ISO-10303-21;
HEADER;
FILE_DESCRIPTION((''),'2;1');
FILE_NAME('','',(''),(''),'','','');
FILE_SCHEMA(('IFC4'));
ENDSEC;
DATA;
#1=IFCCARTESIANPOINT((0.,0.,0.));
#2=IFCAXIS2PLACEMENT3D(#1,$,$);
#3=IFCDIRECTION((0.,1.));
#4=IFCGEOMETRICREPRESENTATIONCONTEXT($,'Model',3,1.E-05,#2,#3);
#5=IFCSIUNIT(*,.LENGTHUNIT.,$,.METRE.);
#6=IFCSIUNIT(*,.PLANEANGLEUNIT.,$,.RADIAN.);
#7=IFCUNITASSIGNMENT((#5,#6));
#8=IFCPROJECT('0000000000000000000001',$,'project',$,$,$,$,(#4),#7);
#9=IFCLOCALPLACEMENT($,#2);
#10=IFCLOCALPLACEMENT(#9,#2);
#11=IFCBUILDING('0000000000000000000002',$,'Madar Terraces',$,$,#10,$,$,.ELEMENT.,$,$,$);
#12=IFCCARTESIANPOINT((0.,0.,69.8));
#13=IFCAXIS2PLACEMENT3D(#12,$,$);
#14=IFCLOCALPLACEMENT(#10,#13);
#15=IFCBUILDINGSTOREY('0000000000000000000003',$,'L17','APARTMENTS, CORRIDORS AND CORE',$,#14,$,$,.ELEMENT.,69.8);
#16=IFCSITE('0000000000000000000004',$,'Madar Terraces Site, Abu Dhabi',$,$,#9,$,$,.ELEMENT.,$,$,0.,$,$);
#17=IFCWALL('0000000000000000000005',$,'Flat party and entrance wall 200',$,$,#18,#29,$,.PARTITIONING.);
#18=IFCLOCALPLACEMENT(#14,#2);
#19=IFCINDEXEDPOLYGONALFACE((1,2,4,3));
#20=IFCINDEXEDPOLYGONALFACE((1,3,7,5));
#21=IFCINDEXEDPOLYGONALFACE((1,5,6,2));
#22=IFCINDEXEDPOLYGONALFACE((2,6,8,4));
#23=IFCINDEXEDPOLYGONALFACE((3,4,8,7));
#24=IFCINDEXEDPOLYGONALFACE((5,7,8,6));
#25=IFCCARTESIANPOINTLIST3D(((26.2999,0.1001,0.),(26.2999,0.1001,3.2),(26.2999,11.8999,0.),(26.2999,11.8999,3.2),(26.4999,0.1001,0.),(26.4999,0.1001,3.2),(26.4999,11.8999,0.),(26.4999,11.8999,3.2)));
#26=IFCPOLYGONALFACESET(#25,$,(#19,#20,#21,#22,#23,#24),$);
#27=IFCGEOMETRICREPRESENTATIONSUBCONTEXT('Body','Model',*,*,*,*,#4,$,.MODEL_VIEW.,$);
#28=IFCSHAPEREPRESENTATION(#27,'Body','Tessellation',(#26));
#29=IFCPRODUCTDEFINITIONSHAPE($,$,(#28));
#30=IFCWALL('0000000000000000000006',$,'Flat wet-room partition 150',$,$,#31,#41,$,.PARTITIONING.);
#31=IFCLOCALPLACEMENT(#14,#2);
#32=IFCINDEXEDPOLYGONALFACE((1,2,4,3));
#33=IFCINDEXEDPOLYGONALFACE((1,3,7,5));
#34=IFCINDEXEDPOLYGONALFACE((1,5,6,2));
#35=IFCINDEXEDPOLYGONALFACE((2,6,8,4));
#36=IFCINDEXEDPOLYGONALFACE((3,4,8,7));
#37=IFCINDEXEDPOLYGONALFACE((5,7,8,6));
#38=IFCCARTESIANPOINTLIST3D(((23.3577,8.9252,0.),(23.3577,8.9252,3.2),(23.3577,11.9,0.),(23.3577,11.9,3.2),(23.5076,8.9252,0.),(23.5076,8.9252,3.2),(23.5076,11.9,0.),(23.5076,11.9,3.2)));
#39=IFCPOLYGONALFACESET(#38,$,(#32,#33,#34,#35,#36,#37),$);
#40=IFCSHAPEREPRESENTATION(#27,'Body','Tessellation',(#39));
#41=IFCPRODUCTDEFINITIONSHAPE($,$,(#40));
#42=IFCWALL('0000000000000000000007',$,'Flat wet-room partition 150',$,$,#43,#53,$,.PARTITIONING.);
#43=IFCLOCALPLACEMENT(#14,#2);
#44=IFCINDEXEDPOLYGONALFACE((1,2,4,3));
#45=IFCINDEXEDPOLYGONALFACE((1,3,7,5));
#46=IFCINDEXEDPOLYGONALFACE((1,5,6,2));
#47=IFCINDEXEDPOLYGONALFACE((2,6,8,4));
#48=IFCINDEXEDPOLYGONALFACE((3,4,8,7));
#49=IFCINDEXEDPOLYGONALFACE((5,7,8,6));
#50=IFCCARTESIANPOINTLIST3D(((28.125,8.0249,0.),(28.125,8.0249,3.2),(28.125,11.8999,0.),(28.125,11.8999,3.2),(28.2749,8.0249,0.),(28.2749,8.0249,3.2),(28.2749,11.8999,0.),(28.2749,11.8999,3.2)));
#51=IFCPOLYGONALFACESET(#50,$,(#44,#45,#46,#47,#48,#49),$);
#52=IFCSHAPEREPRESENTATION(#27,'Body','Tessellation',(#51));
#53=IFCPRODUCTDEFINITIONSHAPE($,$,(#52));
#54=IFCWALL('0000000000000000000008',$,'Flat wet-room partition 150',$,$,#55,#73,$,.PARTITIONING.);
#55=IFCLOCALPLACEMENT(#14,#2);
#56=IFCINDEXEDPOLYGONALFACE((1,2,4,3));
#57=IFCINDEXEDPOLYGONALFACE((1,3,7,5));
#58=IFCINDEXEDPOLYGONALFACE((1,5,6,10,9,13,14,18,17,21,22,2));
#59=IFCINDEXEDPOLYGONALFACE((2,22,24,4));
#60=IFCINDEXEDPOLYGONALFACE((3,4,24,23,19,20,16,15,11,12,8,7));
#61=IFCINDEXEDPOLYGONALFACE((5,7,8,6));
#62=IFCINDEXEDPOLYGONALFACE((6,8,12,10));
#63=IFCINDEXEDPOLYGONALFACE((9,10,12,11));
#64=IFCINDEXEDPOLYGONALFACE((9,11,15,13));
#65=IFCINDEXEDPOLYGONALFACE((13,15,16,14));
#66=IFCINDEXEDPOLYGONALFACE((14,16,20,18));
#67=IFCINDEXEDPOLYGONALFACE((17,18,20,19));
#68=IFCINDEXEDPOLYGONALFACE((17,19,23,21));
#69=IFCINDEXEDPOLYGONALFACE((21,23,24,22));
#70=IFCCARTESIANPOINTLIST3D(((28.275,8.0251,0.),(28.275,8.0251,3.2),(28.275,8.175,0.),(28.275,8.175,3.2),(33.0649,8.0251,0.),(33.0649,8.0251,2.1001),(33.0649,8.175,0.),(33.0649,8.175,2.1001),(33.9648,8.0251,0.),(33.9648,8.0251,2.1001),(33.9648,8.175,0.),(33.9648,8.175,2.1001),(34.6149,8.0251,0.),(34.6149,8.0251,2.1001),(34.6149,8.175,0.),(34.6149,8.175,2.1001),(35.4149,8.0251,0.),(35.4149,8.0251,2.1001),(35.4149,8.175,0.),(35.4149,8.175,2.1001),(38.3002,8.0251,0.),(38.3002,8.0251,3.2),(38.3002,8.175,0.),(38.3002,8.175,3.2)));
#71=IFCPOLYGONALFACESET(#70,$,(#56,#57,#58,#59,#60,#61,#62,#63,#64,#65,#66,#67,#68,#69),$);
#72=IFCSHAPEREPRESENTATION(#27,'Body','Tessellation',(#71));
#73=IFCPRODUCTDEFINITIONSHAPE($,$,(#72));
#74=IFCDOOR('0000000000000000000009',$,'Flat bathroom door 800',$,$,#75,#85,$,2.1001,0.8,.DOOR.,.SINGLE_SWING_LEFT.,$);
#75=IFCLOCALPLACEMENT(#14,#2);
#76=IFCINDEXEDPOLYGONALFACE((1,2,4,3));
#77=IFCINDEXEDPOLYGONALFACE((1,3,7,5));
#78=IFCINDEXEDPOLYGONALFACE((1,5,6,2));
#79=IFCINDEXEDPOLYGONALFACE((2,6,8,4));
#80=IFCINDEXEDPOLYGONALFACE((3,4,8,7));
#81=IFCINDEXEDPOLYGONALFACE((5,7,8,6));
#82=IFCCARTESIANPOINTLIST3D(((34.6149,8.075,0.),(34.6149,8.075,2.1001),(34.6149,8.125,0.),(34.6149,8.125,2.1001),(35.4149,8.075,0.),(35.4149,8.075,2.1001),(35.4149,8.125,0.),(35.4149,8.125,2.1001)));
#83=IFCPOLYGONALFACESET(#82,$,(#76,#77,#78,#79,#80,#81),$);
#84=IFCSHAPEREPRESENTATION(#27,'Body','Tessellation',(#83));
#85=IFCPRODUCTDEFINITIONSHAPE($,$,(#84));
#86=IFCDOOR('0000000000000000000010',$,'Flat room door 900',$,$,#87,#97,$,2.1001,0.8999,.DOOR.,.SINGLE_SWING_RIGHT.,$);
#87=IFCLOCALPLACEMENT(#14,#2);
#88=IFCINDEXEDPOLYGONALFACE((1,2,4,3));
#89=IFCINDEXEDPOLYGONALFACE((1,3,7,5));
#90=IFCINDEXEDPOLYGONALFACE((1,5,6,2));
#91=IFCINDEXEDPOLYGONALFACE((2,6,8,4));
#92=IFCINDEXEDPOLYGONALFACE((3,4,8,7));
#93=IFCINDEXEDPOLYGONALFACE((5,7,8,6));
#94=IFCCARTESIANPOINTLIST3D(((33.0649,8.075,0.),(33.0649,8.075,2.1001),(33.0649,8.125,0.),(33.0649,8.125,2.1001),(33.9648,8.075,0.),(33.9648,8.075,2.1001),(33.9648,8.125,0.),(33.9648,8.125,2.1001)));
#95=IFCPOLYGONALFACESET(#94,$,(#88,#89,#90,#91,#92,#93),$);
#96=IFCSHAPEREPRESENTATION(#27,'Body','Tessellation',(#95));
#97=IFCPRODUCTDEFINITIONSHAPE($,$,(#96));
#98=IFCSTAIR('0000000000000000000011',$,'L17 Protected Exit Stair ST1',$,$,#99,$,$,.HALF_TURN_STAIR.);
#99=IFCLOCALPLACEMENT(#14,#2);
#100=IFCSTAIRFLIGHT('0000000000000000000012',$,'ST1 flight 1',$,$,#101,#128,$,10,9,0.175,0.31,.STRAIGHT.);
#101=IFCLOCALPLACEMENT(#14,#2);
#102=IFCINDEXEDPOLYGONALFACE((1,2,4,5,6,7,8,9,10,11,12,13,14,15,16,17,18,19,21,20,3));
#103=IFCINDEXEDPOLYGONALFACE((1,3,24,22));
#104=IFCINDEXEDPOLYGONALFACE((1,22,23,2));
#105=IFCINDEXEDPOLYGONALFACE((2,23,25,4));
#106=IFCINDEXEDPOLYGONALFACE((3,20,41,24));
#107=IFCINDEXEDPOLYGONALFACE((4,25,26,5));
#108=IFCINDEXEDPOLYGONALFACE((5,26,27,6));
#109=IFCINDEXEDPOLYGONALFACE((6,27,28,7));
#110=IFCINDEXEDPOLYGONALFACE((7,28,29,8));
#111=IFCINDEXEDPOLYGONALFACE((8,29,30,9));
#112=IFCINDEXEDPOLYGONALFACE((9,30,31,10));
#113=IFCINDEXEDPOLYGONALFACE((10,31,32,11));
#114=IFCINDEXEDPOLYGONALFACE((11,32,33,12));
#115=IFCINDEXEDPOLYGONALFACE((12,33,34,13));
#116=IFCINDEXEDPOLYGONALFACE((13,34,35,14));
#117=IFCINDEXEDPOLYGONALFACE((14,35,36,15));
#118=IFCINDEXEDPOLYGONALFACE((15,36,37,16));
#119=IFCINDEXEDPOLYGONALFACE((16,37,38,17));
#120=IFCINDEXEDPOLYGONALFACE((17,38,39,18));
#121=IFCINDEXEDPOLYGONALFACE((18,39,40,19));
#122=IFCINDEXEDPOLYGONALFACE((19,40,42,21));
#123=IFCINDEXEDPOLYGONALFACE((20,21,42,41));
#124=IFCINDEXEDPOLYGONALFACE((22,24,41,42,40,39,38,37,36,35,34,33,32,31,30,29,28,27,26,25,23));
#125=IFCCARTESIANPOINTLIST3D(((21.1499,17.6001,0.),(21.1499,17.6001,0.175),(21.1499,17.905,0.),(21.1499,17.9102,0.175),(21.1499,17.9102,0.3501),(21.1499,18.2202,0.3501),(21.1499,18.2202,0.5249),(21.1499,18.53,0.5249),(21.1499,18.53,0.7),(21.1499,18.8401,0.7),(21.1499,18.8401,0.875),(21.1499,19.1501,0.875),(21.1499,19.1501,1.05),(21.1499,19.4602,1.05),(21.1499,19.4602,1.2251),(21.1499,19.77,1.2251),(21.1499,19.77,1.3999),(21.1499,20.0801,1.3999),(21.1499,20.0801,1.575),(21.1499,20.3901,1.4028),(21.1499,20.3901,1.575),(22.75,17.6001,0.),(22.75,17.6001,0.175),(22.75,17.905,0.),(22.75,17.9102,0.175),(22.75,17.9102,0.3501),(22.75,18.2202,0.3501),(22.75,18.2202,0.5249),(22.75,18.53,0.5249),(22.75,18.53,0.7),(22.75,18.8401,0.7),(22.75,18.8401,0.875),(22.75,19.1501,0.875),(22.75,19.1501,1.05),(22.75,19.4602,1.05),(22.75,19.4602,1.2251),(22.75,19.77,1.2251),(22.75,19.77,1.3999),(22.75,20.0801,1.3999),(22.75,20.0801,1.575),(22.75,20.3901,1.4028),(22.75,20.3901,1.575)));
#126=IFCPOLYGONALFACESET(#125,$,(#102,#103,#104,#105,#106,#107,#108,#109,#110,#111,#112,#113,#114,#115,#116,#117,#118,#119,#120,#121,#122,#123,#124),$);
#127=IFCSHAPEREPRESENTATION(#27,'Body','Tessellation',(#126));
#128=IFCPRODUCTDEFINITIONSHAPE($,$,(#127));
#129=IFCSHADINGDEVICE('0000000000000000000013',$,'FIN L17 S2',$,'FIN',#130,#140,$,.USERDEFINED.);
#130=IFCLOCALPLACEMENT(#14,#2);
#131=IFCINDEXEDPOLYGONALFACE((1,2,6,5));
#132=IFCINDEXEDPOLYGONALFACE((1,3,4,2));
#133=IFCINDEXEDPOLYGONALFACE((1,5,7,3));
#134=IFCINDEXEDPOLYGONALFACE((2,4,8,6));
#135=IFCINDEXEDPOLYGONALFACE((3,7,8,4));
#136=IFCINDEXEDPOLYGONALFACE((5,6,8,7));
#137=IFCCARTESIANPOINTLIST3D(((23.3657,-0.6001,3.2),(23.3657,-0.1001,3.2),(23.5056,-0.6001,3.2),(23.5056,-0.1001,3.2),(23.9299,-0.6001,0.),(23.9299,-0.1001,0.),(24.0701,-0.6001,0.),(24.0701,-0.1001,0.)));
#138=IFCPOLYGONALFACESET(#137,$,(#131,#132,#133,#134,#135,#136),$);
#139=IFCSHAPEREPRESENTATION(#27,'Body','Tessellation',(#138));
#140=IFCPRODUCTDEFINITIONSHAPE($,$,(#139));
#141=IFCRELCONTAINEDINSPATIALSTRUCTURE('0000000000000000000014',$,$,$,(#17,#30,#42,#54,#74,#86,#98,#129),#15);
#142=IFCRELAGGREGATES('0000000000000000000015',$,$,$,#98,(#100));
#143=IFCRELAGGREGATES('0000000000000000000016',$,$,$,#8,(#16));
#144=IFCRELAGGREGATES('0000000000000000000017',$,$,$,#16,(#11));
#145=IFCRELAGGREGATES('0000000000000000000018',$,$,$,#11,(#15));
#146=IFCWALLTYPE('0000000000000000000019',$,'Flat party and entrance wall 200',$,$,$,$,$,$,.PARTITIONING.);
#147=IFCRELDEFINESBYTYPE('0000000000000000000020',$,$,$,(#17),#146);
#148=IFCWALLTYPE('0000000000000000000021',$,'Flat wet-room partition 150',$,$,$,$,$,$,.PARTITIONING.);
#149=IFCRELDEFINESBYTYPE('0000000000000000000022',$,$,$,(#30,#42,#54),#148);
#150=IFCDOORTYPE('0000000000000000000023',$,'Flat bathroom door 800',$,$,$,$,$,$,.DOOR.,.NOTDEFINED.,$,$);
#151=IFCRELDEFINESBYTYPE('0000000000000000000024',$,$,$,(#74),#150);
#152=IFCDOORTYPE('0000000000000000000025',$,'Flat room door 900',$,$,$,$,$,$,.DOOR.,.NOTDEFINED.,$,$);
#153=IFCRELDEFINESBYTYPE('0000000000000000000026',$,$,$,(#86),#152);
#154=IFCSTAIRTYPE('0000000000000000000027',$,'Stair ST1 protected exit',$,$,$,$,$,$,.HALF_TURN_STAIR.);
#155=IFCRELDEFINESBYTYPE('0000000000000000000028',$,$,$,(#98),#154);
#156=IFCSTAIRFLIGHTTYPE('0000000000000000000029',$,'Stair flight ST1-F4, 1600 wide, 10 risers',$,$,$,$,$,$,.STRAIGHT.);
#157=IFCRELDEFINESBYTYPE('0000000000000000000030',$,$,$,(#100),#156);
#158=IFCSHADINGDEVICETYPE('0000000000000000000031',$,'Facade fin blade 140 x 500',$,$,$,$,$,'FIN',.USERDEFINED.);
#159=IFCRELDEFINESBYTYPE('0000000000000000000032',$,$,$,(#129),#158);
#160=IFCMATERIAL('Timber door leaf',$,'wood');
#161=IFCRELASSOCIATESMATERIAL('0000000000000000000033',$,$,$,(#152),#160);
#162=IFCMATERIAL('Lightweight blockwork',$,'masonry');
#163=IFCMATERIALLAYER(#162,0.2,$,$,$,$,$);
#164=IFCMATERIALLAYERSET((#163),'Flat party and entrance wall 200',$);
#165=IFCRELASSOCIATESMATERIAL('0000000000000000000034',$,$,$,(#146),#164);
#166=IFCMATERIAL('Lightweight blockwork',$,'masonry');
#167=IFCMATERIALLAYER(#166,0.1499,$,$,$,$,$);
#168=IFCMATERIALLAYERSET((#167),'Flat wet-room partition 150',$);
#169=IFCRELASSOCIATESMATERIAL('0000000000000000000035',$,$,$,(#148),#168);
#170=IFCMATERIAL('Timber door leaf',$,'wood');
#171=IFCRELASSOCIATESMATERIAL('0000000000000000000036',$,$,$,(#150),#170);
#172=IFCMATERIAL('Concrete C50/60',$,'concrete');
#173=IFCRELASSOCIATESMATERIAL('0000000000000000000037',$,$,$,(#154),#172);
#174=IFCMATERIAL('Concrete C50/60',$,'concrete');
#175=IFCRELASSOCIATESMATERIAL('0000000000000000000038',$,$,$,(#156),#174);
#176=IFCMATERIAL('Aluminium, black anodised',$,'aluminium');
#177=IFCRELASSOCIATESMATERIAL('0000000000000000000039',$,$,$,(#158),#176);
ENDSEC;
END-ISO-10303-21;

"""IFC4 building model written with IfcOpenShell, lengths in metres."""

from ifc_helpers import new_model, si_unit, direction, frame, frame_2d, origin, place, context, subcontext, project, spatial, polyline, rectangle, outline, extrude, material, layer, layer_set, type_object, element, fill, aggregate, save


model = new_model("IFC4")

# Units and contexts
model_context = context("Model", 3, precision=1e-05, world=origin(), true_north=direction((0.0, 1.0)))
body_context = subcontext(model_context, "Body", "Model", "MODEL_VIEW")
ifc_project = project(units=[si_unit("LENGTHUNIT", "METRE"), si_unit("PLANEANGLEUNIT", "RADIAN")], contexts=[model_context])

# Site, building, storey
site_placement = place(None, origin())
site = spatial("IfcSite", under=ifc_project, at=site_placement, Name="Madar Terraces Site, Abu Dhabi", CompositionType="ELEMENT", RefElevation=0.0)
building_placement = place(site_placement, origin())
building = spatial("IfcBuilding", under=site, at=building_placement, Name="Madar Terraces", CompositionType="ELEMENT")
storey_placement = place(building_placement, frame((0.0, 0.0, 69.8)))
storey = spatial("IfcBuildingStorey", under=building, at=storey_placement, Name="L17", Description="APARTMENTS, CORRIDORS AND CORE", CompositionType="ELEMENT", Elevation=69.8)

# Shared definitions
ifc_material_1 = material(Name="Timber door leaf", Category="wood")
door_type_1 = type_object("IfcDoorType", Name="Flat room door 900", OperationType="NOTDEFINED", PredefinedType="DOOR", material=ifc_material_1)

# Walls
ifc_material_2 = material(Name="Lightweight blockwork", Category="masonry")
ifc_layer_1 = layer(ifc_material_2, 0.2)
ifc_layer_set_1 = layer_set([ifc_layer_1], Name="Flat party and entrance wall 200")
wall_type_1 = type_object("IfcWallType", Name="Flat party and entrance wall 200", PredefinedType="PARTITIONING", material=ifc_layer_set_1)
wall_1_placement = place(storey_placement, frame((26.3999, 11.8999, 0.0), z_axis=(0.0, 0.0, 1.0), x_axis=(0.0, -1.0, 0.0)))
element("IfcWall", 1, at=wall_1_placement, inside=storey, type_object=wall_type_1, Name="Flat party and entrance wall 200", PredefinedType="PARTITIONING", context=body_context, shape_type="SweptSolid", body=[
    extrude(rectangle(XDim=11.7998, YDim=0.2, at=frame_2d((5.8999, 0.0))), origin(), (0.0, 0.0, 1.0), 3.2),
])
ifc_material_3 = material(Name="Lightweight blockwork", Category="masonry")
ifc_layer_2 = layer(ifc_material_3, 0.1499)
ifc_layer_set_2 = layer_set([ifc_layer_2], Name="Flat wet-room partition 150")
wall_type_2 = type_object("IfcWallType", Name="Flat wet-room partition 150", PredefinedType="PARTITIONING", material=ifc_layer_set_2)
wall_2_placement = place(storey_placement, frame((23.4326, 11.8999, 0.0), z_axis=(0.0, 0.0, 1.0), x_axis=(0.0, -1.0, 0.0)))
element("IfcWall", 2, at=wall_2_placement, inside=storey, type_object=wall_type_2, Name="Flat wet-room partition 150", PredefinedType="PARTITIONING", context=body_context, shape_type="SweptSolid", body=[
    extrude(rectangle(XDim=2.9749, YDim=0.1499, at=frame_2d((1.4873, 0.0))), origin(), (0.0, 0.0, 1.0), 3.2),
])
wall_3_placement = place(storey_placement, frame((28.2, 11.8999, 0.0), z_axis=(0.0, 0.0, 1.0), x_axis=(0.0, -1.0, 0.0)))
element("IfcWall", 3, at=wall_3_placement, inside=storey, type_object=wall_type_2, Name="Flat wet-room partition 150", PredefinedType="PARTITIONING", context=body_context, shape_type="SweptSolid", body=[
    extrude(rectangle(XDim=3.875, YDim=0.1499, at=frame_2d((1.9375, 0.0))), origin(), (0.0, 0.0, 1.0), 3.2),
])

# Wall, openings, doors
wall_4_placement = place(storey_placement, frame((28.2749, 8.1001, 0.0), z_axis=(0.0, 0.0, 1.0), x_axis=(1.0, 0.0, 0.0)))
wall_4 = element("IfcWall", 4, at=wall_4_placement, inside=storey, type_object=wall_type_2, Name="Flat wet-room partition 150", PredefinedType="PARTITIONING", context=body_context, shape_type="SweptSolid", body=[
    extrude(rectangle(XDim=10.0251, YDim=0.1499, at=frame_2d((5.0127, 0.0))), origin(), (0.0, 0.0, 1.0), 3.2),
])
opening_1_placement = place(wall_4_placement, frame((4.79, 0.0, 0.0)))
opening_1 = element("IfcOpeningElement", 5, at=opening_1_placement, cuts=wall_4, PredefinedType="OPENING", context=body_context, shape_type="SweptSolid", body=[
    extrude(rectangle(XDim=0.8999, YDim=2.1001, at=frame_2d((0.45, 1.05))), frame((0.0, 0.085, 0.0), z_axis=(0.0, -1.0, 0.0), x_axis=(1.0, 0.0, 0.0)), (0.0, 0.0, 1.0), 0.1699),
])
opening_2_placement = place(wall_4_placement, frame((6.3401, 0.0, 0.0)))
opening_2 = element("IfcOpeningElement", 6, at=opening_2_placement, cuts=wall_4, PredefinedType="OPENING", context=body_context, shape_type="SweptSolid", body=[
    extrude(rectangle(XDim=0.8, YDim=2.1001, at=frame_2d((0.3999, 1.05))), frame((0.0, 0.085, 0.0), z_axis=(0.0, -1.0, 0.0), x_axis=(1.0, 0.0, 0.0)), (0.0, 0.0, 1.0), 0.1699),
])
ifc_material_4 = material(Name="Timber door leaf", Category="wood")
door_type_2 = type_object("IfcDoorType", Name="Flat bathroom door 800", OperationType="NOTDEFINED", PredefinedType="DOOR", material=ifc_material_4)
door_1_placement = place(opening_2_placement, origin())
door_1 = element("IfcDoor", 7, at=door_1_placement, inside=storey, type_object=door_type_2, Name="Flat bathroom door 800", OperationType="SINGLE_SWING_LEFT", OverallHeight=2.1001, OverallWidth=0.8, PredefinedType="DOOR", context=body_context, shape_type="SweptSolid", body=[
    extrude(rectangle(XDim=0.8, YDim=2.1001, at=frame_2d((0.3999, 1.05))), frame((0.0, 0.0249, 0.0), z_axis=(0.0, -1.0, 0.0), x_axis=(1.0, 0.0, 0.0)), (0.0, 0.0, 1.0), 0.05),
])
fill(opening_2, door_1)
door_2_placement = place(opening_1_placement, origin())
door_2 = element("IfcDoor", 8, at=door_2_placement, inside=storey, type_object=door_type_1, Name="Flat room door 900", OperationType="SINGLE_SWING_RIGHT", OverallHeight=2.1001, OverallWidth=0.8999, PredefinedType="DOOR", context=body_context, shape_type="SweptSolid", body=[
    extrude(rectangle(XDim=0.8999, YDim=2.1001, at=frame_2d((0.45, 1.05))), frame((0.0, 0.0249, 0.0), z_axis=(0.0, -1.0, 0.0), x_axis=(1.0, 0.0, 0.0)), (0.0, 0.0, 1.0), 0.05),
])
fill(opening_1, door_2)

# Stair, stair flight
ifc_material_5 = material(Name="Concrete C50/60", Category="concrete")
stair_type = type_object("IfcStairType", Name="Stair ST1 protected exit", PredefinedType="HALF_TURN_STAIR", material=ifc_material_5)
stair_placement = place(storey_placement, origin())
stair = element("IfcStair", 9, at=stair_placement, inside=storey, type_object=stair_type, Name="L17 Protected Exit Stair ST1", PredefinedType="HALF_TURN_STAIR")
ifc_material_6 = material(Name="Concrete C50/60", Category="concrete")
stair_flight_type = type_object("IfcStairFlightType", Name="Stair flight ST1-F4, 1600 wide, 10 risers", PredefinedType="STRAIGHT", material=ifc_material_6)
stair_flight_placement = place(storey_placement, frame((21.95, 17.6001, 0.0), z_axis=(0.0, 0.0, 1.0), x_axis=(0.0, 1.0, 0.0)))
stair_flight = element("IfcStairFlight", 10, at=stair_flight_placement, type_object=stair_flight_type, Name="ST1 flight 1", NumberOfRisers=10, NumberOfTreads=9, PredefinedType="STRAIGHT", RiserHeight=0.175, TreadLength=0.31, context=body_context, shape_type="SweptSolid", body=[
    extrude(outline(polyline([(0.0, 0.0), (0.0, 0.175), (0.3101, 0.175), (0.3101, 0.3501), (0.6201, 0.3501), (0.6201, 0.5249), (0.9299, 0.5249), (0.9299, 0.7), (1.24, 0.7), (1.24, 0.875), (1.55, 0.875), (1.55, 1.05), (1.8601, 1.05), (1.8601, 1.2251), (2.1699, 1.2251), (2.1699, 1.3999), (2.48, 1.3999), (2.48, 1.575), (2.79, 1.575), (2.79, 1.75), (2.79, 1.4028), (0.3049, 0.0), (0.0, 0.0)])), frame((0.0, 0.8, 0.0), z_axis=(0.0, -1.0, 0.0), x_axis=(1.0, 0.0, 0.0)), (0.0, 0.0, 1.0), 1.6001),
])
aggregate(stair, [stair_flight])

# Shading device
ifc_material_7 = material(Name="Aluminium, black anodised", Category="aluminium")
shading_device_type = type_object("IfcShadingDeviceType", Name="Facade fin blade 140 x 500", ElementType="FIN", PredefinedType="USERDEFINED", material=ifc_material_7)
shading_device_placement = place(storey_placement, frame((23.9299, -0.3501, 0.0), z_axis=(0.0, 0.0, 1.0), x_axis=(1.0, 0.0, 0.0)))
element("IfcShadingDevice", 11, at=shading_device_placement, inside=storey, type_object=shading_device_type, Name="FIN L17 S2", ObjectType="FIN", PredefinedType="USERDEFINED", context=body_context, shape_type="SweptSolid", body=[
    extrude(outline(polyline([(0.0, 0.0), (0.1401, 0.0), (-0.4243, 3.2), (-0.5642, 3.2), (0.0, 0.0)])), frame((0.0, 0.25, 0.0), z_axis=(0.0, -1.0, 0.0), x_axis=(1.0, 0.0, 0.0)), (0.0, 0.0, 1.0), 0.5),
])

save(model, "model.ifc")
